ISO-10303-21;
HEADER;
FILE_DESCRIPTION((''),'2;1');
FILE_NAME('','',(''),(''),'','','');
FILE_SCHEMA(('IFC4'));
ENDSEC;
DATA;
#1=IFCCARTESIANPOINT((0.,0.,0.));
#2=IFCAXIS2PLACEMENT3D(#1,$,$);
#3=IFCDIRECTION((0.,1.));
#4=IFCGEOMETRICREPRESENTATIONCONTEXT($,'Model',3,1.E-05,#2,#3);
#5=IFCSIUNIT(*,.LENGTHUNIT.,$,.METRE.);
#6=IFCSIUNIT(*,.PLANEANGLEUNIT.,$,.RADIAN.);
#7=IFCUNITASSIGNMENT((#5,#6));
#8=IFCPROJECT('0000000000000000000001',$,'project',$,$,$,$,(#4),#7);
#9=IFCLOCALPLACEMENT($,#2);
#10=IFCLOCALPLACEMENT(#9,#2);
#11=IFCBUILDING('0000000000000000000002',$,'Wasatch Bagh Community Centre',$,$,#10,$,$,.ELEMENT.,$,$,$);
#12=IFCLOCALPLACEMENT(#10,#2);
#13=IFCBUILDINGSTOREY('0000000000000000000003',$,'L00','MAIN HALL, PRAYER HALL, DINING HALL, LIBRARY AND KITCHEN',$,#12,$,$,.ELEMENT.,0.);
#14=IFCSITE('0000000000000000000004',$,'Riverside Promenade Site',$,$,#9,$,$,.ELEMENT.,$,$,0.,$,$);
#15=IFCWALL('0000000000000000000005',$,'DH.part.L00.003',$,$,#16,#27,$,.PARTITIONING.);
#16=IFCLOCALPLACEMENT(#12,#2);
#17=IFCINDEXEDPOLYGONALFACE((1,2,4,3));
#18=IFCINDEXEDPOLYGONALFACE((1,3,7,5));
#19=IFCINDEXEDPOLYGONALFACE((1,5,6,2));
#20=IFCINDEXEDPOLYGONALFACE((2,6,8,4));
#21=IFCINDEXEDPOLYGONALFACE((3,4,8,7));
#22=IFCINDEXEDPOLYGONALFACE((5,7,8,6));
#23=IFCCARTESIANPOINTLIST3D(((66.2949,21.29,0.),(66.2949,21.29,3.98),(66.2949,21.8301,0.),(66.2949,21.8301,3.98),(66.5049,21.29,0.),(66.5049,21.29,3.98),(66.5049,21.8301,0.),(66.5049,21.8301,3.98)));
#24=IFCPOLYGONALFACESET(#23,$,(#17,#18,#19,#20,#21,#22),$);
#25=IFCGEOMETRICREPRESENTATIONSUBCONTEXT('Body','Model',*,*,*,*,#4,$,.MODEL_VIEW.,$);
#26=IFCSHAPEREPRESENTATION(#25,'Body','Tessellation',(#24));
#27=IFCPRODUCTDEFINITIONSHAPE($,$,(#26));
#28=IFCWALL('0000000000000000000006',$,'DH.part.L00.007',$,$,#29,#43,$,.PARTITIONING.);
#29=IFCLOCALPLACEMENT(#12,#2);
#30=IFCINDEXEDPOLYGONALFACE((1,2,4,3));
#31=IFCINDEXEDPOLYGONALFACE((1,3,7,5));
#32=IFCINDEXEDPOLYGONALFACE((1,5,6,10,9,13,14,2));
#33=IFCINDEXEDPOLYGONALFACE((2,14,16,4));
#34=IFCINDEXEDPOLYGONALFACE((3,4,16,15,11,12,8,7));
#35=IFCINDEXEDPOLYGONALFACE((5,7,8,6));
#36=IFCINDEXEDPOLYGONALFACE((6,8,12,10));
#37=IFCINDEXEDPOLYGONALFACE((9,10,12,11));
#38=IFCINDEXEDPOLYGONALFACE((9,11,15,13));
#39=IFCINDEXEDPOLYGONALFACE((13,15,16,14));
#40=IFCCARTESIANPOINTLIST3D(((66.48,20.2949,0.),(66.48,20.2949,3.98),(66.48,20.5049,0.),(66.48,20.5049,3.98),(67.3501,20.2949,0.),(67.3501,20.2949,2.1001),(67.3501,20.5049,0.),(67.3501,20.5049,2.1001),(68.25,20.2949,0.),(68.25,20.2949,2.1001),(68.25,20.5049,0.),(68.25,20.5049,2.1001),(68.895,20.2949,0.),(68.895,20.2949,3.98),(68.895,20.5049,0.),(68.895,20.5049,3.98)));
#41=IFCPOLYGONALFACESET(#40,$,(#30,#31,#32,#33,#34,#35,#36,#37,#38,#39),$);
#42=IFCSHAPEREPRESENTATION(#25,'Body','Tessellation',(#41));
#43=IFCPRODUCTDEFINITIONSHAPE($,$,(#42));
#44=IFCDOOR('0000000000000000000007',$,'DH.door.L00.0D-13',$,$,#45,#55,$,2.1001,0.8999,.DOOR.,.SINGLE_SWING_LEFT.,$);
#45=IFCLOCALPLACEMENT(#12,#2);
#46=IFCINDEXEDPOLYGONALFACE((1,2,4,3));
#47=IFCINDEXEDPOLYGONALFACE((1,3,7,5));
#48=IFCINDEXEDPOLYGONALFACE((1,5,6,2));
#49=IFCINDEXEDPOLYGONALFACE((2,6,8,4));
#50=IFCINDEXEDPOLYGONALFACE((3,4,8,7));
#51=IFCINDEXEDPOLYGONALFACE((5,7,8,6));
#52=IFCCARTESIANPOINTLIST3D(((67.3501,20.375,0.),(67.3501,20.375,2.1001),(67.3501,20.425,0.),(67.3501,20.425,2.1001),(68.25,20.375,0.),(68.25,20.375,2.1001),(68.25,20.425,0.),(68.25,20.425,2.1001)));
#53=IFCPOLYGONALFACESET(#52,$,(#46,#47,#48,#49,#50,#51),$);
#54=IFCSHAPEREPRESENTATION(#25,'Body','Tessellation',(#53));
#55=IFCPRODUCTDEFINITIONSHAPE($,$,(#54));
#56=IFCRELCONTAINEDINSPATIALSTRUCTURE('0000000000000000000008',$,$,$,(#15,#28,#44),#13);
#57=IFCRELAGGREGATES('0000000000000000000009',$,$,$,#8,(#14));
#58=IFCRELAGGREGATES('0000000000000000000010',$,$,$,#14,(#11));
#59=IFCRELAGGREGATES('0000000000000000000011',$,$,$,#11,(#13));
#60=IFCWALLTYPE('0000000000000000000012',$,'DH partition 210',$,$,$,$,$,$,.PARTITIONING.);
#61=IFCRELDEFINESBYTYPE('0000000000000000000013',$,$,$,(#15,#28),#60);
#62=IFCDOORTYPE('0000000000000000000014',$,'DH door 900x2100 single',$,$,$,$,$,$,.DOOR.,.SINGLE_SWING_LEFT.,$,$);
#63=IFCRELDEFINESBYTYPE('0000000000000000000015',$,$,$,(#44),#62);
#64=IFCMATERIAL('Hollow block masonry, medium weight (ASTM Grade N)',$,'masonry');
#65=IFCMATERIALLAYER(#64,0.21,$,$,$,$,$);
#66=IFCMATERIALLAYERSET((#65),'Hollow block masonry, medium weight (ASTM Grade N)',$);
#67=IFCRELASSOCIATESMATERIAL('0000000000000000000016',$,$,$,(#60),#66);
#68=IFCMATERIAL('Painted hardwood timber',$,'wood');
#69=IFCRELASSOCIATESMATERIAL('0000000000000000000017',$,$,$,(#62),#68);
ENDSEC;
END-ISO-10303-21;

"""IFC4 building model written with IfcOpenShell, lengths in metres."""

from ifc_helpers import new_model, si_unit, direction, frame, frame_2d, origin, place, context, subcontext, project, spatial, rectangle, extrude, material, layer, layer_set, type_object, element, fill, save


model = new_model("IFC4")

# Units and contexts
model_context = context("Model", 3, precision=1e-05, world=origin(), true_north=direction((0.0, 1.0)))
body_context = subcontext(model_context, "Body", "Model", "MODEL_VIEW")
ifc_project = project(units=[si_unit("LENGTHUNIT", "METRE"), si_unit("PLANEANGLEUNIT", "RADIAN")], contexts=[model_context])

# Site, building, storey
site_placement = place(None, origin())
site = spatial("IfcSite", under=ifc_project, at=site_placement, Name="Riverside Promenade Site", CompositionType="ELEMENT", RefElevation=0.0)
building_placement = place(site_placement, origin())
building = spatial("IfcBuilding", under=site, at=building_placement, Name="Wasatch Bagh Community Centre", CompositionType="ELEMENT")
storey_placement = place(building_placement, origin())
storey = spatial("IfcBuildingStorey", under=building, at=storey_placement, Name="L00", Description="MAIN HALL, PRAYER HALL, DINING HALL, LIBRARY AND KITCHEN", CompositionType="ELEMENT", Elevation=0.0)

# Wall
ifc_material_1 = material(Name="Hollow block masonry, medium weight (ASTM Grade N)", Category="masonry")
ifc_layer_1 = layer(ifc_material_1, 0.21)
ifc_layer_set_1 = layer_set([ifc_layer_1], Name="Hollow block masonry, medium weight (ASTM Grade N)")
wall_type_1 = type_object("IfcWallType", Name="DH partition 210", PredefinedType="PARTITIONING", material=ifc_layer_set_1)
wall_1_placement = place(storey_placement, frame((66.3999, 21.8301, 0.0), z_axis=(0.0, 0.0, 1.0), x_axis=(0.0, -1.0, 0.0)))
element("IfcWall", 1, at=wall_1_placement, inside=storey, type_object=wall_type_1, Name="DH.part.L00.003", PredefinedType="PARTITIONING", context=body_context, shape_type="SweptSolid", body=[
    extrude(rectangle(XDim=0.54, YDim=0.21, at=frame_2d((0.27, 0.0))), origin(), (0.0, 0.0, 1.0), 3.98),
])

# Wall, opening, door
wall_2_placement = place(storey_placement, frame((68.895, 20.3999, 0.0), z_axis=(0.0, 0.0, 1.0), x_axis=(-1.0, 0.0, 0.0)))
wall_2 = element("IfcWall", 2, at=wall_2_placement, inside=storey, type_object=wall_type_1, Name="DH.part.L00.007", PredefinedType="PARTITIONING", context=body_context, shape_type="SweptSolid", body=[
    extrude(rectangle(XDim=2.415, YDim=0.21, at=frame_2d((1.2075, 0.0))), origin(), (0.0, 0.0, 1.0), 3.98),
])
opening_1_placement = place(wall_2_placement, frame((0.645, 0.0, 0.0)))
opening_1 = element("IfcOpeningElement", 3, at=opening_1_placement, cuts=wall_2, PredefinedType="OPENING", context=body_context, shape_type="SweptSolid", body=[
    extrude(rectangle(XDim=0.8999, YDim=2.1001, at=frame_2d((0.45, 1.05))), frame((0.0, 0.115, 0.0), z_axis=(0.0, -1.0, 0.0), x_axis=(1.0, 0.0, 0.0)), (0.0, 0.0, 1.0), 0.23),
])
ifc_material_2 = material(Name="Painted hardwood timber", Category="wood")
door_type_1 = type_object("IfcDoorType", Name="DH door 900x2100 single", OperationType="SINGLE_SWING_LEFT", PredefinedType="DOOR", material=ifc_material_2)
door_1_placement = place(opening_1_placement, origin())
door_1 = element("IfcDoor", 4, at=door_1_placement, inside=storey, type_object=door_type_1, Name="DH.door.L00.0D-13", OperationType="SINGLE_SWING_LEFT", OverallHeight=2.1001, OverallWidth=0.8999, PredefinedType="DOOR", context=body_context, shape_type="SweptSolid", body=[
    extrude(rectangle(XDim=0.8999, YDim=2.1001, at=frame_2d((0.45, 1.05))), frame((0.0, 0.0249, 0.0), z_axis=(0.0, -1.0, 0.0), x_axis=(1.0, 0.0, 0.0)), (0.0, 0.0, 1.0), 0.05),
])
fill(opening_1, door_1)

save(model, "model.ifc")
